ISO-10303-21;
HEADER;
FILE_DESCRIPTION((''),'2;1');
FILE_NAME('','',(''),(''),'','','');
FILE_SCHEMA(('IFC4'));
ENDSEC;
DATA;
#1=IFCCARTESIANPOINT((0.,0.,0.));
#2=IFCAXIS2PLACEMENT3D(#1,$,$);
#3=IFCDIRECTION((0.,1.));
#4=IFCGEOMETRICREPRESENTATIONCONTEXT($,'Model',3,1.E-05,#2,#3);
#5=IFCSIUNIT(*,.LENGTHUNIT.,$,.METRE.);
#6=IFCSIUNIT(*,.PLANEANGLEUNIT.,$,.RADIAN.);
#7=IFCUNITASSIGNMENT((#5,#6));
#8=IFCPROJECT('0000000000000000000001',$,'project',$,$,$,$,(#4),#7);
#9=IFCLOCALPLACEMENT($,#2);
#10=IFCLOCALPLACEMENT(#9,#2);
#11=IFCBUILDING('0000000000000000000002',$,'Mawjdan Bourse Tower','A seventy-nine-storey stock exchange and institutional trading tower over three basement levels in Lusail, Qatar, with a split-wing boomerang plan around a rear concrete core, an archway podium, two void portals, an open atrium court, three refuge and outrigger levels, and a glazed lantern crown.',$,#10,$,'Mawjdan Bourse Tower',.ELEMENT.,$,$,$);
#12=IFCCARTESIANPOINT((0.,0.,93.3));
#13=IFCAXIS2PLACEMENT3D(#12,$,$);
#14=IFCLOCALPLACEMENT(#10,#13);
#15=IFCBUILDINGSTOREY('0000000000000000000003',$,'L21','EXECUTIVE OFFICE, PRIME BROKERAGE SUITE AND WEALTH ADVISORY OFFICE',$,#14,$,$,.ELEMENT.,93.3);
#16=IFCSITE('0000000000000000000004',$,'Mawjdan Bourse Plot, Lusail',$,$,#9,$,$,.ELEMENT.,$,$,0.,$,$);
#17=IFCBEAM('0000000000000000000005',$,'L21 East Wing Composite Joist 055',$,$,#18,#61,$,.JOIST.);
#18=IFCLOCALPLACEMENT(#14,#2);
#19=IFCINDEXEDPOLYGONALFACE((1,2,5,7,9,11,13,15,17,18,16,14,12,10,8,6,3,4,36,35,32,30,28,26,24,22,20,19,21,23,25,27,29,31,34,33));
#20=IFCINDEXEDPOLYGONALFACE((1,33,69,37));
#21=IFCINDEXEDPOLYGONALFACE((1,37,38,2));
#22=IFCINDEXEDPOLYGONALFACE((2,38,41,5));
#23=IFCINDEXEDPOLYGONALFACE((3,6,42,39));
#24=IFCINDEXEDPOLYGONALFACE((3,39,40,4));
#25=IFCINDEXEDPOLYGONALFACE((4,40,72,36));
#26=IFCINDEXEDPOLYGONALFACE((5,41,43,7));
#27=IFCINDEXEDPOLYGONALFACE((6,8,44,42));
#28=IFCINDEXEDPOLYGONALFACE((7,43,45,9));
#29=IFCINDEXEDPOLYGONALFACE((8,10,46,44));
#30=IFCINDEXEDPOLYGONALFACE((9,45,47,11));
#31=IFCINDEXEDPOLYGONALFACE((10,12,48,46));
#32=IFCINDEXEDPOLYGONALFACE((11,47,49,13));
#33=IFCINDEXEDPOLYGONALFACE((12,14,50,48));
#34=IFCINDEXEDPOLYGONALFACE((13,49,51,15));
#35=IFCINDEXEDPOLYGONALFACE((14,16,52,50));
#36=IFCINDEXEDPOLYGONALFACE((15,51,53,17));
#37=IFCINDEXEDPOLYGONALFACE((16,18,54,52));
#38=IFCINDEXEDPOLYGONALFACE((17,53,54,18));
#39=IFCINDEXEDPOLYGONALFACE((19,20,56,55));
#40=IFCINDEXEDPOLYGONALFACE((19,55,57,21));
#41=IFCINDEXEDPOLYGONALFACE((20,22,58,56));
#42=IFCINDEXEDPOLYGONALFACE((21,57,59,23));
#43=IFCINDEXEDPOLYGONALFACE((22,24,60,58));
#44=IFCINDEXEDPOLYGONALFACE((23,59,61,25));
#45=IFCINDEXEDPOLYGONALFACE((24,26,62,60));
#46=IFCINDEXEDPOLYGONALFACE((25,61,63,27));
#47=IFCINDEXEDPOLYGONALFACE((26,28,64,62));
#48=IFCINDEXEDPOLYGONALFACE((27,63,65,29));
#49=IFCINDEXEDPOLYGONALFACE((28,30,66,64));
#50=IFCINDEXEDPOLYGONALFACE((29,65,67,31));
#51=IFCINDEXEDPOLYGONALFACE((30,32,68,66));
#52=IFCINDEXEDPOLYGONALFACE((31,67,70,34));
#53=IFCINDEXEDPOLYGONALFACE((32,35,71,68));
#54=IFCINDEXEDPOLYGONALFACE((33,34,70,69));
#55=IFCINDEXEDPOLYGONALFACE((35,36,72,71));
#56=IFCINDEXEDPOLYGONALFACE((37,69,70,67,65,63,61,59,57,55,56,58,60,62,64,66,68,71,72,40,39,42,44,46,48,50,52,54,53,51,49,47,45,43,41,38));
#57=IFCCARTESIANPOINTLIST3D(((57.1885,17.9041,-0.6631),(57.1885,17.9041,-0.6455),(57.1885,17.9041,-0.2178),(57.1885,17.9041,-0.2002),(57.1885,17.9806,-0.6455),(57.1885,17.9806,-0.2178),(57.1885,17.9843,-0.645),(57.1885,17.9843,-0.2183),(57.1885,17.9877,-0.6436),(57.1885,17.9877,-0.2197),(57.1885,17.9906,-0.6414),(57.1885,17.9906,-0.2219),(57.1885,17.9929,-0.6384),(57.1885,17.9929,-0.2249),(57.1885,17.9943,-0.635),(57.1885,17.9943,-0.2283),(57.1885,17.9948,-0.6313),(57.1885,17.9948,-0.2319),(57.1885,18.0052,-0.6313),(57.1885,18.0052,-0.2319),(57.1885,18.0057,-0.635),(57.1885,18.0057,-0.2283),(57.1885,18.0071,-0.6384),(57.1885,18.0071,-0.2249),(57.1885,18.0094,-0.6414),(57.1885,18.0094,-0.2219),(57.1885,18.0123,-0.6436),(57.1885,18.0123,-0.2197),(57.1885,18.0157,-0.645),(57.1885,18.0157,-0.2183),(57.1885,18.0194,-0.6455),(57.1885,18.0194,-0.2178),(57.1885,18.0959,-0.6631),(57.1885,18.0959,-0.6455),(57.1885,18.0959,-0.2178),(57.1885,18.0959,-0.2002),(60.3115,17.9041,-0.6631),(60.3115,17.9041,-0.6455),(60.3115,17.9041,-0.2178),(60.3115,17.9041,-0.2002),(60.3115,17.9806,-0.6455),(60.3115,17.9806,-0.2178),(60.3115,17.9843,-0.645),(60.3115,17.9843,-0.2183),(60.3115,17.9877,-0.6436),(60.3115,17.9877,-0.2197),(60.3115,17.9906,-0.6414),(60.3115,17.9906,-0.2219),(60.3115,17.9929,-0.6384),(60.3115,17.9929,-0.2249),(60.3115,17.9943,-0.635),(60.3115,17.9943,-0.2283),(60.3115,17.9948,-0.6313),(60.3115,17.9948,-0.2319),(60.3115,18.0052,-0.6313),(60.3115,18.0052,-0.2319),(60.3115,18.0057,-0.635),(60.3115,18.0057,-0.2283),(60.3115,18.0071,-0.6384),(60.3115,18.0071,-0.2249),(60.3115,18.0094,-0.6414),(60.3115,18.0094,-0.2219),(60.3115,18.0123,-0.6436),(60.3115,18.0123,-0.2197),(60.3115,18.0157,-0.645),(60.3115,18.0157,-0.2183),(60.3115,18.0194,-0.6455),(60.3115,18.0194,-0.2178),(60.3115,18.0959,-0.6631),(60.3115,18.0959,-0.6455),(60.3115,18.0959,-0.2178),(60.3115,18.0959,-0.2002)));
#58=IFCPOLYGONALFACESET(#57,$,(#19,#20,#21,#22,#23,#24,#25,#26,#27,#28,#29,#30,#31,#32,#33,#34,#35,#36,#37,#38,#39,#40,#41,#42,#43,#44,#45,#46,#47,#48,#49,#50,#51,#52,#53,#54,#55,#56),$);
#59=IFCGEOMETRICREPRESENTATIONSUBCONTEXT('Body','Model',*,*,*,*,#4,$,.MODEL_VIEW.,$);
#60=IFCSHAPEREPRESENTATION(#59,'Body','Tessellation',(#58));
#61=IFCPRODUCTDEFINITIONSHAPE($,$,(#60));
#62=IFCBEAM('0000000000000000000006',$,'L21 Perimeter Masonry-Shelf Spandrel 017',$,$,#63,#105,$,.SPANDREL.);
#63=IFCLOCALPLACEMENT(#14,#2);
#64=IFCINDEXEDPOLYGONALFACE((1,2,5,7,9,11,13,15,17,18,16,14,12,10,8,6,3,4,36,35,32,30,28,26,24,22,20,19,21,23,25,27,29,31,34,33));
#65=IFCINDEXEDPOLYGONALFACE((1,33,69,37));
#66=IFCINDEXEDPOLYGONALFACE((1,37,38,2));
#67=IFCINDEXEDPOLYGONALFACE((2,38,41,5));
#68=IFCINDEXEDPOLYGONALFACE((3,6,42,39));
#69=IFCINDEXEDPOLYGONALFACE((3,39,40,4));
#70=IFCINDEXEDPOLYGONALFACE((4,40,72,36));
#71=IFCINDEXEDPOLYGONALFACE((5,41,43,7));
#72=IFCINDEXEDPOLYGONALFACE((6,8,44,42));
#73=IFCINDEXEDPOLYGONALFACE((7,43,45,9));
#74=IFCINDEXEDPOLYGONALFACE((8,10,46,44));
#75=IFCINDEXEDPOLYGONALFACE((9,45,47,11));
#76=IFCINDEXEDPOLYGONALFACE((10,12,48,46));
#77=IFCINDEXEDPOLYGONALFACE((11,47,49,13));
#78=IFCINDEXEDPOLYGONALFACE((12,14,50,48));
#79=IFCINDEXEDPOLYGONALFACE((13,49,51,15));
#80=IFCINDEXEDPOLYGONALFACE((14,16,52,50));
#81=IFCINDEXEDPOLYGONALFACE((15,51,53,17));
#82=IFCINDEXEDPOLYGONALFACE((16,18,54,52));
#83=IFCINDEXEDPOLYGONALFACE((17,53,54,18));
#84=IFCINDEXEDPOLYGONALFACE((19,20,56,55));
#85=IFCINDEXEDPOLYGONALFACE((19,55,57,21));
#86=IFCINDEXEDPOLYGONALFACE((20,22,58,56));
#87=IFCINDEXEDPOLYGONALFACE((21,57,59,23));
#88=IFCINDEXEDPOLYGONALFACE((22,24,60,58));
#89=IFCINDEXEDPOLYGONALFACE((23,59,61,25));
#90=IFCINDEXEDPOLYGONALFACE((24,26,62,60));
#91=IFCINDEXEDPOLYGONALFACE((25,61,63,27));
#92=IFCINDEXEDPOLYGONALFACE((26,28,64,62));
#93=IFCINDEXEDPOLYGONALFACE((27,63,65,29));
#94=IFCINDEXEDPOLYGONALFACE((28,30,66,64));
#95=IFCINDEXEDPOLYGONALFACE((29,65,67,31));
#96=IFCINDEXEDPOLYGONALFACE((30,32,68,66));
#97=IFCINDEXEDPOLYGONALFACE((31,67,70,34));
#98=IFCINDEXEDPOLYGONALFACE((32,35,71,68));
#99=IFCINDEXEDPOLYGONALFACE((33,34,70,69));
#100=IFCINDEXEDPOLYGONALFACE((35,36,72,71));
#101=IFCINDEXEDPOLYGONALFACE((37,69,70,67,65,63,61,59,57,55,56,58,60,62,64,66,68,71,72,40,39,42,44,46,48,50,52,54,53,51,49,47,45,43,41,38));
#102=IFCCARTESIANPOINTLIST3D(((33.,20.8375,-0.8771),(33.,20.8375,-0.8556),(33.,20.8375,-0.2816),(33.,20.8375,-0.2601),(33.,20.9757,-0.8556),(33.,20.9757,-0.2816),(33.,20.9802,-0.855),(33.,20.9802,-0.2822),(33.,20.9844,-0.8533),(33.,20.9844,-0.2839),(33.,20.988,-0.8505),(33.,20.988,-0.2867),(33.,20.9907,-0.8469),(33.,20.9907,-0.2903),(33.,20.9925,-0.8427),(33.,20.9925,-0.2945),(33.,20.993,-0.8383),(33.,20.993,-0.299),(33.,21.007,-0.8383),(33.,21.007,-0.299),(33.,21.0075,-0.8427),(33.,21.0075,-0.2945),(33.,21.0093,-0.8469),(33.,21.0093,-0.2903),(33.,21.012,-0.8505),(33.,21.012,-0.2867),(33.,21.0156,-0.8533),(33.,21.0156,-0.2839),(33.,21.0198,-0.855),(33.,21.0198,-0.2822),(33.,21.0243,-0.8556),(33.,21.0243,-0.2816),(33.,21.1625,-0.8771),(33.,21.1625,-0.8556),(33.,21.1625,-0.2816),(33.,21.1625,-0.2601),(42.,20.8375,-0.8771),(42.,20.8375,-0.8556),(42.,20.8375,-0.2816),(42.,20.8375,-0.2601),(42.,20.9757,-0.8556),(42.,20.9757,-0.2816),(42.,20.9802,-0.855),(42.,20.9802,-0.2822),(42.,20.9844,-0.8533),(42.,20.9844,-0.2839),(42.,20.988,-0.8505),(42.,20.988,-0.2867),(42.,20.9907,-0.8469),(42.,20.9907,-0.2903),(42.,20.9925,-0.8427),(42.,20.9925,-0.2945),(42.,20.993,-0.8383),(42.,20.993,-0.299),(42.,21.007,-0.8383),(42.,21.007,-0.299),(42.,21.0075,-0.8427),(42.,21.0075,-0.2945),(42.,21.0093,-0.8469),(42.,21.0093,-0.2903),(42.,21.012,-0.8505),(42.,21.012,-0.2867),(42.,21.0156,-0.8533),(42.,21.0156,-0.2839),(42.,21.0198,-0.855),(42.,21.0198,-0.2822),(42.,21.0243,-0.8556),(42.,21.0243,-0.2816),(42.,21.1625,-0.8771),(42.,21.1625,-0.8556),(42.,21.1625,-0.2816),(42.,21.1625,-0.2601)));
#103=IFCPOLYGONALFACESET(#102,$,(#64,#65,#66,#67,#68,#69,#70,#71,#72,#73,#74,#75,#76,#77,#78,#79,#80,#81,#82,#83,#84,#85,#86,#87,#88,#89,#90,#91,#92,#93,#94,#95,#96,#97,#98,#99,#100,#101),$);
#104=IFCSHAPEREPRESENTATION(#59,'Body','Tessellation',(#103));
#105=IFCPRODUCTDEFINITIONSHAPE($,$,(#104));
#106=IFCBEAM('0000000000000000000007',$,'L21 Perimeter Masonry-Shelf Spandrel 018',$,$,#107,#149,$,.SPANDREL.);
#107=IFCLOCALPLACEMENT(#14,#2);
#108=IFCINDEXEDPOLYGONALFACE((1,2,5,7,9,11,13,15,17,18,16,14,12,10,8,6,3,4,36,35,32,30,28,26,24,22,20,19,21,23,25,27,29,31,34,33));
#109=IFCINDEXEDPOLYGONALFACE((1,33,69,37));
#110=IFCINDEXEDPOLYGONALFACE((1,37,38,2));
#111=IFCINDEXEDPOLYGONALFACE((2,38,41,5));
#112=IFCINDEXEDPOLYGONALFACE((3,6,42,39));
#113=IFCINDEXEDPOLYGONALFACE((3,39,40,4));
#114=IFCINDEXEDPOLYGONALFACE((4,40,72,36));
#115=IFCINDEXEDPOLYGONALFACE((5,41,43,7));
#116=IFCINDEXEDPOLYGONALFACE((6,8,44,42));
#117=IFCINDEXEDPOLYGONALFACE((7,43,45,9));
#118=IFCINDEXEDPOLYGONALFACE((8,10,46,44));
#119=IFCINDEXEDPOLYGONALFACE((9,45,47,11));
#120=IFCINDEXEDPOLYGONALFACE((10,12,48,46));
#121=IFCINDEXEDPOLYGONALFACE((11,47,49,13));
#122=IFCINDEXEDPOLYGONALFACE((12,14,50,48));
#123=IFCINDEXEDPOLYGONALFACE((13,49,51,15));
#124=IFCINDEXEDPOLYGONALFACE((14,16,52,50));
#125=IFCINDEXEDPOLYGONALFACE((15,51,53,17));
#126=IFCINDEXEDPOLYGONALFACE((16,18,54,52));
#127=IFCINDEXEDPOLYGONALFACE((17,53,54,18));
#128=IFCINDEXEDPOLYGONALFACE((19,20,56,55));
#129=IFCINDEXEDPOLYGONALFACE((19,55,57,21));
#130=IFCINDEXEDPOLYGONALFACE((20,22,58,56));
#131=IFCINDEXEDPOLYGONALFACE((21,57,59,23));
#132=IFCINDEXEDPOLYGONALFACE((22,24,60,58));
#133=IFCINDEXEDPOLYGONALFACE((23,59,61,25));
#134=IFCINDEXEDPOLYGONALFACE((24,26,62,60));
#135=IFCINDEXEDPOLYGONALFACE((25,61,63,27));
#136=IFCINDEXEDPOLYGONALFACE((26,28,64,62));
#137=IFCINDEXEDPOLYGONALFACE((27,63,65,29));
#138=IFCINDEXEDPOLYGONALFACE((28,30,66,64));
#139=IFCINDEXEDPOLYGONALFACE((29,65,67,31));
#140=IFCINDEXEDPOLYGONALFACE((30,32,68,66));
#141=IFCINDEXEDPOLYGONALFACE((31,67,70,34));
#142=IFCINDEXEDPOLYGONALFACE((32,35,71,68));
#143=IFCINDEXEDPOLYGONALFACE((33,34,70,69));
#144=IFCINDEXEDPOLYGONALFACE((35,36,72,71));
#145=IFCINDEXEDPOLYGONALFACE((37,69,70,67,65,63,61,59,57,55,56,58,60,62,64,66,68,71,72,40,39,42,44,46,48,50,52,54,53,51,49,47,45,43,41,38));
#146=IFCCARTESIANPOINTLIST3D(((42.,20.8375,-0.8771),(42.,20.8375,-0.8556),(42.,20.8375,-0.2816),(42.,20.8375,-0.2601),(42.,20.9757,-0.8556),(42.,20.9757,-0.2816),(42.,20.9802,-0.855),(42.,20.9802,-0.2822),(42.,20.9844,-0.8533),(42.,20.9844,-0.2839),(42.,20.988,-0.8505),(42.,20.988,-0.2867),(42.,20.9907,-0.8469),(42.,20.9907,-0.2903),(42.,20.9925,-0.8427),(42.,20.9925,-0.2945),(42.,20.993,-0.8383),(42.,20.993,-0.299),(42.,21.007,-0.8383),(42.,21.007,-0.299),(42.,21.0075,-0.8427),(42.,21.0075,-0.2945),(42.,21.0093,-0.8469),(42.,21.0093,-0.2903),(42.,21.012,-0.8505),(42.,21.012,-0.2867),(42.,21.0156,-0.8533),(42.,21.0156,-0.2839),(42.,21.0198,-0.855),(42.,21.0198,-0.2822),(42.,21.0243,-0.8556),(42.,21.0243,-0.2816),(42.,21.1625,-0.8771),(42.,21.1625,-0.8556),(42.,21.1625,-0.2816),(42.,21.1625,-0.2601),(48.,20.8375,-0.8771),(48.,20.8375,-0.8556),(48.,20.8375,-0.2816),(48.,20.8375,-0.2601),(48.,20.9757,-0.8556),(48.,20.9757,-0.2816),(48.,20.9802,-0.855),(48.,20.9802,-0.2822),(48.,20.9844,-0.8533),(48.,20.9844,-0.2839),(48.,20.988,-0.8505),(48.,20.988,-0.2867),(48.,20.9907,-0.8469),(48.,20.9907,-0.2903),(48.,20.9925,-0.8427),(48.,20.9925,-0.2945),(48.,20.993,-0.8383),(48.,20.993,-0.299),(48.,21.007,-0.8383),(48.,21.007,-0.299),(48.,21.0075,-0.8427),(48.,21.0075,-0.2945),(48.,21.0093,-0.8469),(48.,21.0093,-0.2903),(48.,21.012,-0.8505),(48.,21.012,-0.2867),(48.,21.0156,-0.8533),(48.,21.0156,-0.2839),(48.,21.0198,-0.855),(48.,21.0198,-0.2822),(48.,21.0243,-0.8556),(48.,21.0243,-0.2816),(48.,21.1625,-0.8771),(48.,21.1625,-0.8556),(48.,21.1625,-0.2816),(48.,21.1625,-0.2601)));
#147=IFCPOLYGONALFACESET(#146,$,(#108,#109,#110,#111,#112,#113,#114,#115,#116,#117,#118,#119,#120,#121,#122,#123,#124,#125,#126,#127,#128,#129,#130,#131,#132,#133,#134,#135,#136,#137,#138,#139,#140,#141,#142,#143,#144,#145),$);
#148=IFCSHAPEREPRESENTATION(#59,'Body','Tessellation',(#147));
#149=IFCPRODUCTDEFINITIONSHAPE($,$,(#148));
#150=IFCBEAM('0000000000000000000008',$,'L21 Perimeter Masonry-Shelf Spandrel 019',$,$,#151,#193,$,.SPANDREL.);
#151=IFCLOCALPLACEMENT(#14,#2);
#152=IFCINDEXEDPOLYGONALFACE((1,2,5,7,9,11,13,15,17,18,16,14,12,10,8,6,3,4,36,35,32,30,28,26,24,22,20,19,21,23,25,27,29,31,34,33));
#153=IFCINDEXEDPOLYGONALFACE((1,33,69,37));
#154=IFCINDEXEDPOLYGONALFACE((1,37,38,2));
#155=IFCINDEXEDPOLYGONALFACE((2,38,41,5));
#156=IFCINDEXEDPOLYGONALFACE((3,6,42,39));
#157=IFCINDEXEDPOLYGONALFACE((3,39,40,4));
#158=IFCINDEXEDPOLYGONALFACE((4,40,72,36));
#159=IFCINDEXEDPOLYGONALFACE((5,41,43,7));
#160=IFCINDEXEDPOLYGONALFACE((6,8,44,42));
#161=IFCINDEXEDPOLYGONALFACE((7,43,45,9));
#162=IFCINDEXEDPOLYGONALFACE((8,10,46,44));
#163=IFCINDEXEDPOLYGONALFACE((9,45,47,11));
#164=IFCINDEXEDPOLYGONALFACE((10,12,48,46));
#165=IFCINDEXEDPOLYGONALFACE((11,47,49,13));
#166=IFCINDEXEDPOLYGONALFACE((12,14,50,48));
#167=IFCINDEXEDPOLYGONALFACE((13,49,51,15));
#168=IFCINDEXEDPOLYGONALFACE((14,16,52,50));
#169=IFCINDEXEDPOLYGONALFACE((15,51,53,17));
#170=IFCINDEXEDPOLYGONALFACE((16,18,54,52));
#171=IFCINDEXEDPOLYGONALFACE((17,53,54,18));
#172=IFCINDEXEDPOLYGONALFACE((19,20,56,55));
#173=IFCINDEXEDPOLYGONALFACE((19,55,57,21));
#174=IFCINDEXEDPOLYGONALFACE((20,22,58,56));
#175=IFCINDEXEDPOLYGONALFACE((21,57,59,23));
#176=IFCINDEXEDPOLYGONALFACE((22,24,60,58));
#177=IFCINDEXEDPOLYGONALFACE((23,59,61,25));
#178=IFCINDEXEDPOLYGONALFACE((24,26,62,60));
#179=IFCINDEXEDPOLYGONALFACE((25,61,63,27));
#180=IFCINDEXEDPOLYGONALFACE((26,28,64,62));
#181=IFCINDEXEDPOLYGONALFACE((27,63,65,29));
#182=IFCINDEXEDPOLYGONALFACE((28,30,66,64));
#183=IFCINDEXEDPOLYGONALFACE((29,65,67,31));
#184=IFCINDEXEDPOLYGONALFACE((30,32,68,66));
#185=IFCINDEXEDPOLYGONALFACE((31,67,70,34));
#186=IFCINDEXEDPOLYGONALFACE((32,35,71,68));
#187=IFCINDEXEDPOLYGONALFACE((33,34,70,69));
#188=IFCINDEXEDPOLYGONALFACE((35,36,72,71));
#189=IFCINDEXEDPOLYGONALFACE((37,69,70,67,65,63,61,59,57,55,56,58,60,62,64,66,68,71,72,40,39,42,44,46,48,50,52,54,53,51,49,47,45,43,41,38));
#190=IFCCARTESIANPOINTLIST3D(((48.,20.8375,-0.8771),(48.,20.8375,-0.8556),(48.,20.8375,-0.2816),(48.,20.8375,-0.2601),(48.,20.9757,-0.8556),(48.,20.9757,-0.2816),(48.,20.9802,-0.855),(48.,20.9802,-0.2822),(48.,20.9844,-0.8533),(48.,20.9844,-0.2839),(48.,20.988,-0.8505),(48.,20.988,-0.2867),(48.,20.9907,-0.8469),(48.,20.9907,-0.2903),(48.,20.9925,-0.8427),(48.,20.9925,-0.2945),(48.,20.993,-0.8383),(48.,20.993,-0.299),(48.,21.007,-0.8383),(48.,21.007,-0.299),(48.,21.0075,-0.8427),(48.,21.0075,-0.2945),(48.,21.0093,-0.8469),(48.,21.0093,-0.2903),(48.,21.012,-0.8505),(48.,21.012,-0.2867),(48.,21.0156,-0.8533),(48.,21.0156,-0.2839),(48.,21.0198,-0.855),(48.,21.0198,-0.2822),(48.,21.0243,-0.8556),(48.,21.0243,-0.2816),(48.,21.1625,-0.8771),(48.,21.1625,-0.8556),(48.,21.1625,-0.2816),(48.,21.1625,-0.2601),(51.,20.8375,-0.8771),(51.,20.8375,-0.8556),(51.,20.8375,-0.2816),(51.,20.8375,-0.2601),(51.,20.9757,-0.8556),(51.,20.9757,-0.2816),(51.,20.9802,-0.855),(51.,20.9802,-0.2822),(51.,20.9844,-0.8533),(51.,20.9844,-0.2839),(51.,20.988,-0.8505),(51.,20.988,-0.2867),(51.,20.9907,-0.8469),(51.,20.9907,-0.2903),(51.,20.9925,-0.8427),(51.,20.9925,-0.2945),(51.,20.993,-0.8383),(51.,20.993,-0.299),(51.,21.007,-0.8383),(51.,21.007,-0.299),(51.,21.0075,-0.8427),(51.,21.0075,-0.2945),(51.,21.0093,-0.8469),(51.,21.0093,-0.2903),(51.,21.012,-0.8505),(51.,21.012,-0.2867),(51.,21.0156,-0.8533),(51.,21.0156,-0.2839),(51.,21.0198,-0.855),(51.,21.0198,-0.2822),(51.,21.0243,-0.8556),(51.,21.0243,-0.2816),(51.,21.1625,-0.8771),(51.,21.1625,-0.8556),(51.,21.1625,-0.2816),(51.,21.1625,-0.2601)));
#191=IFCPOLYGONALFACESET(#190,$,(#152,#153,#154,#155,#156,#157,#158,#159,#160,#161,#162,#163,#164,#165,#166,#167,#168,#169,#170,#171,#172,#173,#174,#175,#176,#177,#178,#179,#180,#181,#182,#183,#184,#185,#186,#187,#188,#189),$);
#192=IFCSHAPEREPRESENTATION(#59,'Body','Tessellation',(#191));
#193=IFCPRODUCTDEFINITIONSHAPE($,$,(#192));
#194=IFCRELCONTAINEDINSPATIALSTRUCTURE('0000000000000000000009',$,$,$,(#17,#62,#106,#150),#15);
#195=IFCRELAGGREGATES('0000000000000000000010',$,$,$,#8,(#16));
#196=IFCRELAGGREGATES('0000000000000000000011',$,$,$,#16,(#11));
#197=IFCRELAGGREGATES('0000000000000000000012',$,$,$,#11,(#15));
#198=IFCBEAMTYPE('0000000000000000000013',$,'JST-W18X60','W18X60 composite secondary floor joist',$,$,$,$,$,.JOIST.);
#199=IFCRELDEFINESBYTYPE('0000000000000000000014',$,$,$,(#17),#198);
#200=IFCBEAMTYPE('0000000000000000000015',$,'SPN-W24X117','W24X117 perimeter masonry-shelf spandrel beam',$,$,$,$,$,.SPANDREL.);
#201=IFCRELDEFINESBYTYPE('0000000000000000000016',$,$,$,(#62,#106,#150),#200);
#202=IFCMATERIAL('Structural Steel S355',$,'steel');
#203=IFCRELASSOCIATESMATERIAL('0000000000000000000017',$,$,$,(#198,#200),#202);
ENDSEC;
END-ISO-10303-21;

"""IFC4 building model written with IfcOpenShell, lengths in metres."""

from ifc_helpers import new_model, si_unit, direction, frame, origin, origin_2d, place, context, subcontext, project, spatial, i_section, extrude, material, material_profile, profile_set, type_object, element, save


model = new_model("IFC4")

# Units and contexts
model_context = context("Model", 3, precision=1e-05, world=origin(), true_north=direction((0.0, 1.0)))
body_context = subcontext(model_context, "Body", "Model", "MODEL_VIEW")
ifc_project = project(units=[si_unit("LENGTHUNIT", "METRE"), si_unit("PLANEANGLEUNIT", "RADIAN")], contexts=[model_context])

# Site, building, storey
site_placement = place(None, origin())
site = spatial("IfcSite", under=ifc_project, at=site_placement, Name="Mawjdan Bourse Plot, Lusail", CompositionType="ELEMENT", RefElevation=0.0)
building_placement = place(site_placement, origin())
building = spatial("IfcBuilding", under=site, at=building_placement, Name="Mawjdan Bourse Tower", Description="A seventy-nine-storey stock exchange and institutional trading tower over three basement levels in Lusail, Qatar, with a split-wing boomerang plan around a rear concrete core, an archway podium, two void portals, an open atrium court, three refuge and outrigger levels, and a glazed lantern crown.", LongName="Mawjdan Bourse Tower", CompositionType="ELEMENT")
storey_placement = place(building_placement, frame((0.0, 0.0, 93.3)))
storey = spatial("IfcBuildingStorey", under=building, at=storey_placement, Name="L21", Description="EXECUTIVE OFFICE, PRIME BROKERAGE SUITE AND WEALTH ADVISORY OFFICE", CompositionType="ELEMENT", Elevation=93.3)

# Beams
ifc_material_1 = material(Name="Structural Steel S355", Category="steel")
ifc_material_profile_1 = material_profile(ifc_material_1, i_section(OverallWidth=0.1919, OverallDepth=0.4629, WebThickness=0.0105, FlangeThickness=0.0176, FilletRadius=0.0142, at=origin_2d()), Name="W18X60")
ifc_profile_set_1 = profile_set([ifc_material_profile_1], Name="Structural Steel S355")
beam_type_1 = type_object("IfcBeamType", Name="JST-W18X60", Description="W18X60 composite secondary floor joist", PredefinedType="JOIST", material=ifc_profile_set_1)
beam_1_placement = place(storey_placement, frame((57.1885, 18.0, -0.4316), z_axis=(1.0, 0.0, 0.0), x_axis=(0.0, 1.0, 0.0)))
element("IfcBeam", 1, at=beam_1_placement, inside=storey, type_object=beam_type_1, Name="L21 East Wing Composite Joist 055", PredefinedType="JOIST", context=body_context, shape_type="SweptSolid", body=[
    extrude(i_section(OverallWidth=0.1919, OverallDepth=0.4629, WebThickness=0.0105, FlangeThickness=0.0176, FilletRadius=0.0142, at=origin_2d()), origin(), (0.0, 0.0, 1.0), 3.123),
])
ifc_material_profile_2 = material_profile(ifc_material_1, i_section(OverallWidth=0.325, OverallDepth=0.6169, WebThickness=0.0139, FlangeThickness=0.0215, FilletRadius=0.0173, at=origin_2d()), Name="W24X117")
ifc_profile_set_2 = profile_set([ifc_material_profile_2], Name="Structural Steel S355")
beam_type_2 = type_object("IfcBeamType", Name="SPN-W24X117", Description="W24X117 perimeter masonry-shelf spandrel beam", PredefinedType="SPANDREL", material=ifc_profile_set_2)
beam_2_placement = place(storey_placement, frame((33.0, 21.0, -0.5686), z_axis=(1.0, 0.0, 0.0), x_axis=(0.0, 1.0, 0.0)))
element("IfcBeam", 2, at=beam_2_placement, inside=storey, type_object=beam_type_2, Name="L21 Perimeter Masonry-Shelf Spandrel 017", PredefinedType="SPANDREL", context=body_context, shape_type="SweptSolid", body=[
    extrude(i_section(OverallWidth=0.325, OverallDepth=0.6169, WebThickness=0.0139, FlangeThickness=0.0215, FilletRadius=0.0173, at=origin_2d()), origin(), (0.0, 0.0, 1.0), 9.0),
])
beam_3_placement = place(storey_placement, frame((42.0, 21.0, -0.5686), z_axis=(1.0, 0.0, 0.0), x_axis=(0.0, 1.0, 0.0)))
element("IfcBeam", 3, at=beam_3_placement, inside=storey, type_object=beam_type_2, Name="L21 Perimeter Masonry-Shelf Spandrel 018", PredefinedType="SPANDREL", context=body_context, shape_type="SweptSolid", body=[
    extrude(i_section(OverallWidth=0.325, OverallDepth=0.6169, WebThickness=0.0139, FlangeThickness=0.0215, FilletRadius=0.0173, at=origin_2d()), origin(), (0.0, 0.0, 1.0), 6.0),
])
for number, where, z_axis, x_axis, name in (
    (4, (48.0, 21.0, -0.5686), (1.0, 0.0, 0.0), (0.0, 1.0, 0.0), "L21 Perimeter Masonry-Shelf Spandrel 019"),
):
    element("IfcBeam", number, at=place(storey_placement, frame(where, z_axis=z_axis, x_axis=x_axis)), inside=storey, type_object=beam_type_2, Name=name, PredefinedType="SPANDREL", context=body_context, shape_type="SweptSolid", body=[
        extrude(i_section(OverallWidth=0.325, OverallDepth=0.6169, WebThickness=0.0139, FlangeThickness=0.0215, FilletRadius=0.0173, at=origin_2d()), origin(), (0.0, 0.0, 1.0), 3.0),
    ])

save(model, "model.ifc")
